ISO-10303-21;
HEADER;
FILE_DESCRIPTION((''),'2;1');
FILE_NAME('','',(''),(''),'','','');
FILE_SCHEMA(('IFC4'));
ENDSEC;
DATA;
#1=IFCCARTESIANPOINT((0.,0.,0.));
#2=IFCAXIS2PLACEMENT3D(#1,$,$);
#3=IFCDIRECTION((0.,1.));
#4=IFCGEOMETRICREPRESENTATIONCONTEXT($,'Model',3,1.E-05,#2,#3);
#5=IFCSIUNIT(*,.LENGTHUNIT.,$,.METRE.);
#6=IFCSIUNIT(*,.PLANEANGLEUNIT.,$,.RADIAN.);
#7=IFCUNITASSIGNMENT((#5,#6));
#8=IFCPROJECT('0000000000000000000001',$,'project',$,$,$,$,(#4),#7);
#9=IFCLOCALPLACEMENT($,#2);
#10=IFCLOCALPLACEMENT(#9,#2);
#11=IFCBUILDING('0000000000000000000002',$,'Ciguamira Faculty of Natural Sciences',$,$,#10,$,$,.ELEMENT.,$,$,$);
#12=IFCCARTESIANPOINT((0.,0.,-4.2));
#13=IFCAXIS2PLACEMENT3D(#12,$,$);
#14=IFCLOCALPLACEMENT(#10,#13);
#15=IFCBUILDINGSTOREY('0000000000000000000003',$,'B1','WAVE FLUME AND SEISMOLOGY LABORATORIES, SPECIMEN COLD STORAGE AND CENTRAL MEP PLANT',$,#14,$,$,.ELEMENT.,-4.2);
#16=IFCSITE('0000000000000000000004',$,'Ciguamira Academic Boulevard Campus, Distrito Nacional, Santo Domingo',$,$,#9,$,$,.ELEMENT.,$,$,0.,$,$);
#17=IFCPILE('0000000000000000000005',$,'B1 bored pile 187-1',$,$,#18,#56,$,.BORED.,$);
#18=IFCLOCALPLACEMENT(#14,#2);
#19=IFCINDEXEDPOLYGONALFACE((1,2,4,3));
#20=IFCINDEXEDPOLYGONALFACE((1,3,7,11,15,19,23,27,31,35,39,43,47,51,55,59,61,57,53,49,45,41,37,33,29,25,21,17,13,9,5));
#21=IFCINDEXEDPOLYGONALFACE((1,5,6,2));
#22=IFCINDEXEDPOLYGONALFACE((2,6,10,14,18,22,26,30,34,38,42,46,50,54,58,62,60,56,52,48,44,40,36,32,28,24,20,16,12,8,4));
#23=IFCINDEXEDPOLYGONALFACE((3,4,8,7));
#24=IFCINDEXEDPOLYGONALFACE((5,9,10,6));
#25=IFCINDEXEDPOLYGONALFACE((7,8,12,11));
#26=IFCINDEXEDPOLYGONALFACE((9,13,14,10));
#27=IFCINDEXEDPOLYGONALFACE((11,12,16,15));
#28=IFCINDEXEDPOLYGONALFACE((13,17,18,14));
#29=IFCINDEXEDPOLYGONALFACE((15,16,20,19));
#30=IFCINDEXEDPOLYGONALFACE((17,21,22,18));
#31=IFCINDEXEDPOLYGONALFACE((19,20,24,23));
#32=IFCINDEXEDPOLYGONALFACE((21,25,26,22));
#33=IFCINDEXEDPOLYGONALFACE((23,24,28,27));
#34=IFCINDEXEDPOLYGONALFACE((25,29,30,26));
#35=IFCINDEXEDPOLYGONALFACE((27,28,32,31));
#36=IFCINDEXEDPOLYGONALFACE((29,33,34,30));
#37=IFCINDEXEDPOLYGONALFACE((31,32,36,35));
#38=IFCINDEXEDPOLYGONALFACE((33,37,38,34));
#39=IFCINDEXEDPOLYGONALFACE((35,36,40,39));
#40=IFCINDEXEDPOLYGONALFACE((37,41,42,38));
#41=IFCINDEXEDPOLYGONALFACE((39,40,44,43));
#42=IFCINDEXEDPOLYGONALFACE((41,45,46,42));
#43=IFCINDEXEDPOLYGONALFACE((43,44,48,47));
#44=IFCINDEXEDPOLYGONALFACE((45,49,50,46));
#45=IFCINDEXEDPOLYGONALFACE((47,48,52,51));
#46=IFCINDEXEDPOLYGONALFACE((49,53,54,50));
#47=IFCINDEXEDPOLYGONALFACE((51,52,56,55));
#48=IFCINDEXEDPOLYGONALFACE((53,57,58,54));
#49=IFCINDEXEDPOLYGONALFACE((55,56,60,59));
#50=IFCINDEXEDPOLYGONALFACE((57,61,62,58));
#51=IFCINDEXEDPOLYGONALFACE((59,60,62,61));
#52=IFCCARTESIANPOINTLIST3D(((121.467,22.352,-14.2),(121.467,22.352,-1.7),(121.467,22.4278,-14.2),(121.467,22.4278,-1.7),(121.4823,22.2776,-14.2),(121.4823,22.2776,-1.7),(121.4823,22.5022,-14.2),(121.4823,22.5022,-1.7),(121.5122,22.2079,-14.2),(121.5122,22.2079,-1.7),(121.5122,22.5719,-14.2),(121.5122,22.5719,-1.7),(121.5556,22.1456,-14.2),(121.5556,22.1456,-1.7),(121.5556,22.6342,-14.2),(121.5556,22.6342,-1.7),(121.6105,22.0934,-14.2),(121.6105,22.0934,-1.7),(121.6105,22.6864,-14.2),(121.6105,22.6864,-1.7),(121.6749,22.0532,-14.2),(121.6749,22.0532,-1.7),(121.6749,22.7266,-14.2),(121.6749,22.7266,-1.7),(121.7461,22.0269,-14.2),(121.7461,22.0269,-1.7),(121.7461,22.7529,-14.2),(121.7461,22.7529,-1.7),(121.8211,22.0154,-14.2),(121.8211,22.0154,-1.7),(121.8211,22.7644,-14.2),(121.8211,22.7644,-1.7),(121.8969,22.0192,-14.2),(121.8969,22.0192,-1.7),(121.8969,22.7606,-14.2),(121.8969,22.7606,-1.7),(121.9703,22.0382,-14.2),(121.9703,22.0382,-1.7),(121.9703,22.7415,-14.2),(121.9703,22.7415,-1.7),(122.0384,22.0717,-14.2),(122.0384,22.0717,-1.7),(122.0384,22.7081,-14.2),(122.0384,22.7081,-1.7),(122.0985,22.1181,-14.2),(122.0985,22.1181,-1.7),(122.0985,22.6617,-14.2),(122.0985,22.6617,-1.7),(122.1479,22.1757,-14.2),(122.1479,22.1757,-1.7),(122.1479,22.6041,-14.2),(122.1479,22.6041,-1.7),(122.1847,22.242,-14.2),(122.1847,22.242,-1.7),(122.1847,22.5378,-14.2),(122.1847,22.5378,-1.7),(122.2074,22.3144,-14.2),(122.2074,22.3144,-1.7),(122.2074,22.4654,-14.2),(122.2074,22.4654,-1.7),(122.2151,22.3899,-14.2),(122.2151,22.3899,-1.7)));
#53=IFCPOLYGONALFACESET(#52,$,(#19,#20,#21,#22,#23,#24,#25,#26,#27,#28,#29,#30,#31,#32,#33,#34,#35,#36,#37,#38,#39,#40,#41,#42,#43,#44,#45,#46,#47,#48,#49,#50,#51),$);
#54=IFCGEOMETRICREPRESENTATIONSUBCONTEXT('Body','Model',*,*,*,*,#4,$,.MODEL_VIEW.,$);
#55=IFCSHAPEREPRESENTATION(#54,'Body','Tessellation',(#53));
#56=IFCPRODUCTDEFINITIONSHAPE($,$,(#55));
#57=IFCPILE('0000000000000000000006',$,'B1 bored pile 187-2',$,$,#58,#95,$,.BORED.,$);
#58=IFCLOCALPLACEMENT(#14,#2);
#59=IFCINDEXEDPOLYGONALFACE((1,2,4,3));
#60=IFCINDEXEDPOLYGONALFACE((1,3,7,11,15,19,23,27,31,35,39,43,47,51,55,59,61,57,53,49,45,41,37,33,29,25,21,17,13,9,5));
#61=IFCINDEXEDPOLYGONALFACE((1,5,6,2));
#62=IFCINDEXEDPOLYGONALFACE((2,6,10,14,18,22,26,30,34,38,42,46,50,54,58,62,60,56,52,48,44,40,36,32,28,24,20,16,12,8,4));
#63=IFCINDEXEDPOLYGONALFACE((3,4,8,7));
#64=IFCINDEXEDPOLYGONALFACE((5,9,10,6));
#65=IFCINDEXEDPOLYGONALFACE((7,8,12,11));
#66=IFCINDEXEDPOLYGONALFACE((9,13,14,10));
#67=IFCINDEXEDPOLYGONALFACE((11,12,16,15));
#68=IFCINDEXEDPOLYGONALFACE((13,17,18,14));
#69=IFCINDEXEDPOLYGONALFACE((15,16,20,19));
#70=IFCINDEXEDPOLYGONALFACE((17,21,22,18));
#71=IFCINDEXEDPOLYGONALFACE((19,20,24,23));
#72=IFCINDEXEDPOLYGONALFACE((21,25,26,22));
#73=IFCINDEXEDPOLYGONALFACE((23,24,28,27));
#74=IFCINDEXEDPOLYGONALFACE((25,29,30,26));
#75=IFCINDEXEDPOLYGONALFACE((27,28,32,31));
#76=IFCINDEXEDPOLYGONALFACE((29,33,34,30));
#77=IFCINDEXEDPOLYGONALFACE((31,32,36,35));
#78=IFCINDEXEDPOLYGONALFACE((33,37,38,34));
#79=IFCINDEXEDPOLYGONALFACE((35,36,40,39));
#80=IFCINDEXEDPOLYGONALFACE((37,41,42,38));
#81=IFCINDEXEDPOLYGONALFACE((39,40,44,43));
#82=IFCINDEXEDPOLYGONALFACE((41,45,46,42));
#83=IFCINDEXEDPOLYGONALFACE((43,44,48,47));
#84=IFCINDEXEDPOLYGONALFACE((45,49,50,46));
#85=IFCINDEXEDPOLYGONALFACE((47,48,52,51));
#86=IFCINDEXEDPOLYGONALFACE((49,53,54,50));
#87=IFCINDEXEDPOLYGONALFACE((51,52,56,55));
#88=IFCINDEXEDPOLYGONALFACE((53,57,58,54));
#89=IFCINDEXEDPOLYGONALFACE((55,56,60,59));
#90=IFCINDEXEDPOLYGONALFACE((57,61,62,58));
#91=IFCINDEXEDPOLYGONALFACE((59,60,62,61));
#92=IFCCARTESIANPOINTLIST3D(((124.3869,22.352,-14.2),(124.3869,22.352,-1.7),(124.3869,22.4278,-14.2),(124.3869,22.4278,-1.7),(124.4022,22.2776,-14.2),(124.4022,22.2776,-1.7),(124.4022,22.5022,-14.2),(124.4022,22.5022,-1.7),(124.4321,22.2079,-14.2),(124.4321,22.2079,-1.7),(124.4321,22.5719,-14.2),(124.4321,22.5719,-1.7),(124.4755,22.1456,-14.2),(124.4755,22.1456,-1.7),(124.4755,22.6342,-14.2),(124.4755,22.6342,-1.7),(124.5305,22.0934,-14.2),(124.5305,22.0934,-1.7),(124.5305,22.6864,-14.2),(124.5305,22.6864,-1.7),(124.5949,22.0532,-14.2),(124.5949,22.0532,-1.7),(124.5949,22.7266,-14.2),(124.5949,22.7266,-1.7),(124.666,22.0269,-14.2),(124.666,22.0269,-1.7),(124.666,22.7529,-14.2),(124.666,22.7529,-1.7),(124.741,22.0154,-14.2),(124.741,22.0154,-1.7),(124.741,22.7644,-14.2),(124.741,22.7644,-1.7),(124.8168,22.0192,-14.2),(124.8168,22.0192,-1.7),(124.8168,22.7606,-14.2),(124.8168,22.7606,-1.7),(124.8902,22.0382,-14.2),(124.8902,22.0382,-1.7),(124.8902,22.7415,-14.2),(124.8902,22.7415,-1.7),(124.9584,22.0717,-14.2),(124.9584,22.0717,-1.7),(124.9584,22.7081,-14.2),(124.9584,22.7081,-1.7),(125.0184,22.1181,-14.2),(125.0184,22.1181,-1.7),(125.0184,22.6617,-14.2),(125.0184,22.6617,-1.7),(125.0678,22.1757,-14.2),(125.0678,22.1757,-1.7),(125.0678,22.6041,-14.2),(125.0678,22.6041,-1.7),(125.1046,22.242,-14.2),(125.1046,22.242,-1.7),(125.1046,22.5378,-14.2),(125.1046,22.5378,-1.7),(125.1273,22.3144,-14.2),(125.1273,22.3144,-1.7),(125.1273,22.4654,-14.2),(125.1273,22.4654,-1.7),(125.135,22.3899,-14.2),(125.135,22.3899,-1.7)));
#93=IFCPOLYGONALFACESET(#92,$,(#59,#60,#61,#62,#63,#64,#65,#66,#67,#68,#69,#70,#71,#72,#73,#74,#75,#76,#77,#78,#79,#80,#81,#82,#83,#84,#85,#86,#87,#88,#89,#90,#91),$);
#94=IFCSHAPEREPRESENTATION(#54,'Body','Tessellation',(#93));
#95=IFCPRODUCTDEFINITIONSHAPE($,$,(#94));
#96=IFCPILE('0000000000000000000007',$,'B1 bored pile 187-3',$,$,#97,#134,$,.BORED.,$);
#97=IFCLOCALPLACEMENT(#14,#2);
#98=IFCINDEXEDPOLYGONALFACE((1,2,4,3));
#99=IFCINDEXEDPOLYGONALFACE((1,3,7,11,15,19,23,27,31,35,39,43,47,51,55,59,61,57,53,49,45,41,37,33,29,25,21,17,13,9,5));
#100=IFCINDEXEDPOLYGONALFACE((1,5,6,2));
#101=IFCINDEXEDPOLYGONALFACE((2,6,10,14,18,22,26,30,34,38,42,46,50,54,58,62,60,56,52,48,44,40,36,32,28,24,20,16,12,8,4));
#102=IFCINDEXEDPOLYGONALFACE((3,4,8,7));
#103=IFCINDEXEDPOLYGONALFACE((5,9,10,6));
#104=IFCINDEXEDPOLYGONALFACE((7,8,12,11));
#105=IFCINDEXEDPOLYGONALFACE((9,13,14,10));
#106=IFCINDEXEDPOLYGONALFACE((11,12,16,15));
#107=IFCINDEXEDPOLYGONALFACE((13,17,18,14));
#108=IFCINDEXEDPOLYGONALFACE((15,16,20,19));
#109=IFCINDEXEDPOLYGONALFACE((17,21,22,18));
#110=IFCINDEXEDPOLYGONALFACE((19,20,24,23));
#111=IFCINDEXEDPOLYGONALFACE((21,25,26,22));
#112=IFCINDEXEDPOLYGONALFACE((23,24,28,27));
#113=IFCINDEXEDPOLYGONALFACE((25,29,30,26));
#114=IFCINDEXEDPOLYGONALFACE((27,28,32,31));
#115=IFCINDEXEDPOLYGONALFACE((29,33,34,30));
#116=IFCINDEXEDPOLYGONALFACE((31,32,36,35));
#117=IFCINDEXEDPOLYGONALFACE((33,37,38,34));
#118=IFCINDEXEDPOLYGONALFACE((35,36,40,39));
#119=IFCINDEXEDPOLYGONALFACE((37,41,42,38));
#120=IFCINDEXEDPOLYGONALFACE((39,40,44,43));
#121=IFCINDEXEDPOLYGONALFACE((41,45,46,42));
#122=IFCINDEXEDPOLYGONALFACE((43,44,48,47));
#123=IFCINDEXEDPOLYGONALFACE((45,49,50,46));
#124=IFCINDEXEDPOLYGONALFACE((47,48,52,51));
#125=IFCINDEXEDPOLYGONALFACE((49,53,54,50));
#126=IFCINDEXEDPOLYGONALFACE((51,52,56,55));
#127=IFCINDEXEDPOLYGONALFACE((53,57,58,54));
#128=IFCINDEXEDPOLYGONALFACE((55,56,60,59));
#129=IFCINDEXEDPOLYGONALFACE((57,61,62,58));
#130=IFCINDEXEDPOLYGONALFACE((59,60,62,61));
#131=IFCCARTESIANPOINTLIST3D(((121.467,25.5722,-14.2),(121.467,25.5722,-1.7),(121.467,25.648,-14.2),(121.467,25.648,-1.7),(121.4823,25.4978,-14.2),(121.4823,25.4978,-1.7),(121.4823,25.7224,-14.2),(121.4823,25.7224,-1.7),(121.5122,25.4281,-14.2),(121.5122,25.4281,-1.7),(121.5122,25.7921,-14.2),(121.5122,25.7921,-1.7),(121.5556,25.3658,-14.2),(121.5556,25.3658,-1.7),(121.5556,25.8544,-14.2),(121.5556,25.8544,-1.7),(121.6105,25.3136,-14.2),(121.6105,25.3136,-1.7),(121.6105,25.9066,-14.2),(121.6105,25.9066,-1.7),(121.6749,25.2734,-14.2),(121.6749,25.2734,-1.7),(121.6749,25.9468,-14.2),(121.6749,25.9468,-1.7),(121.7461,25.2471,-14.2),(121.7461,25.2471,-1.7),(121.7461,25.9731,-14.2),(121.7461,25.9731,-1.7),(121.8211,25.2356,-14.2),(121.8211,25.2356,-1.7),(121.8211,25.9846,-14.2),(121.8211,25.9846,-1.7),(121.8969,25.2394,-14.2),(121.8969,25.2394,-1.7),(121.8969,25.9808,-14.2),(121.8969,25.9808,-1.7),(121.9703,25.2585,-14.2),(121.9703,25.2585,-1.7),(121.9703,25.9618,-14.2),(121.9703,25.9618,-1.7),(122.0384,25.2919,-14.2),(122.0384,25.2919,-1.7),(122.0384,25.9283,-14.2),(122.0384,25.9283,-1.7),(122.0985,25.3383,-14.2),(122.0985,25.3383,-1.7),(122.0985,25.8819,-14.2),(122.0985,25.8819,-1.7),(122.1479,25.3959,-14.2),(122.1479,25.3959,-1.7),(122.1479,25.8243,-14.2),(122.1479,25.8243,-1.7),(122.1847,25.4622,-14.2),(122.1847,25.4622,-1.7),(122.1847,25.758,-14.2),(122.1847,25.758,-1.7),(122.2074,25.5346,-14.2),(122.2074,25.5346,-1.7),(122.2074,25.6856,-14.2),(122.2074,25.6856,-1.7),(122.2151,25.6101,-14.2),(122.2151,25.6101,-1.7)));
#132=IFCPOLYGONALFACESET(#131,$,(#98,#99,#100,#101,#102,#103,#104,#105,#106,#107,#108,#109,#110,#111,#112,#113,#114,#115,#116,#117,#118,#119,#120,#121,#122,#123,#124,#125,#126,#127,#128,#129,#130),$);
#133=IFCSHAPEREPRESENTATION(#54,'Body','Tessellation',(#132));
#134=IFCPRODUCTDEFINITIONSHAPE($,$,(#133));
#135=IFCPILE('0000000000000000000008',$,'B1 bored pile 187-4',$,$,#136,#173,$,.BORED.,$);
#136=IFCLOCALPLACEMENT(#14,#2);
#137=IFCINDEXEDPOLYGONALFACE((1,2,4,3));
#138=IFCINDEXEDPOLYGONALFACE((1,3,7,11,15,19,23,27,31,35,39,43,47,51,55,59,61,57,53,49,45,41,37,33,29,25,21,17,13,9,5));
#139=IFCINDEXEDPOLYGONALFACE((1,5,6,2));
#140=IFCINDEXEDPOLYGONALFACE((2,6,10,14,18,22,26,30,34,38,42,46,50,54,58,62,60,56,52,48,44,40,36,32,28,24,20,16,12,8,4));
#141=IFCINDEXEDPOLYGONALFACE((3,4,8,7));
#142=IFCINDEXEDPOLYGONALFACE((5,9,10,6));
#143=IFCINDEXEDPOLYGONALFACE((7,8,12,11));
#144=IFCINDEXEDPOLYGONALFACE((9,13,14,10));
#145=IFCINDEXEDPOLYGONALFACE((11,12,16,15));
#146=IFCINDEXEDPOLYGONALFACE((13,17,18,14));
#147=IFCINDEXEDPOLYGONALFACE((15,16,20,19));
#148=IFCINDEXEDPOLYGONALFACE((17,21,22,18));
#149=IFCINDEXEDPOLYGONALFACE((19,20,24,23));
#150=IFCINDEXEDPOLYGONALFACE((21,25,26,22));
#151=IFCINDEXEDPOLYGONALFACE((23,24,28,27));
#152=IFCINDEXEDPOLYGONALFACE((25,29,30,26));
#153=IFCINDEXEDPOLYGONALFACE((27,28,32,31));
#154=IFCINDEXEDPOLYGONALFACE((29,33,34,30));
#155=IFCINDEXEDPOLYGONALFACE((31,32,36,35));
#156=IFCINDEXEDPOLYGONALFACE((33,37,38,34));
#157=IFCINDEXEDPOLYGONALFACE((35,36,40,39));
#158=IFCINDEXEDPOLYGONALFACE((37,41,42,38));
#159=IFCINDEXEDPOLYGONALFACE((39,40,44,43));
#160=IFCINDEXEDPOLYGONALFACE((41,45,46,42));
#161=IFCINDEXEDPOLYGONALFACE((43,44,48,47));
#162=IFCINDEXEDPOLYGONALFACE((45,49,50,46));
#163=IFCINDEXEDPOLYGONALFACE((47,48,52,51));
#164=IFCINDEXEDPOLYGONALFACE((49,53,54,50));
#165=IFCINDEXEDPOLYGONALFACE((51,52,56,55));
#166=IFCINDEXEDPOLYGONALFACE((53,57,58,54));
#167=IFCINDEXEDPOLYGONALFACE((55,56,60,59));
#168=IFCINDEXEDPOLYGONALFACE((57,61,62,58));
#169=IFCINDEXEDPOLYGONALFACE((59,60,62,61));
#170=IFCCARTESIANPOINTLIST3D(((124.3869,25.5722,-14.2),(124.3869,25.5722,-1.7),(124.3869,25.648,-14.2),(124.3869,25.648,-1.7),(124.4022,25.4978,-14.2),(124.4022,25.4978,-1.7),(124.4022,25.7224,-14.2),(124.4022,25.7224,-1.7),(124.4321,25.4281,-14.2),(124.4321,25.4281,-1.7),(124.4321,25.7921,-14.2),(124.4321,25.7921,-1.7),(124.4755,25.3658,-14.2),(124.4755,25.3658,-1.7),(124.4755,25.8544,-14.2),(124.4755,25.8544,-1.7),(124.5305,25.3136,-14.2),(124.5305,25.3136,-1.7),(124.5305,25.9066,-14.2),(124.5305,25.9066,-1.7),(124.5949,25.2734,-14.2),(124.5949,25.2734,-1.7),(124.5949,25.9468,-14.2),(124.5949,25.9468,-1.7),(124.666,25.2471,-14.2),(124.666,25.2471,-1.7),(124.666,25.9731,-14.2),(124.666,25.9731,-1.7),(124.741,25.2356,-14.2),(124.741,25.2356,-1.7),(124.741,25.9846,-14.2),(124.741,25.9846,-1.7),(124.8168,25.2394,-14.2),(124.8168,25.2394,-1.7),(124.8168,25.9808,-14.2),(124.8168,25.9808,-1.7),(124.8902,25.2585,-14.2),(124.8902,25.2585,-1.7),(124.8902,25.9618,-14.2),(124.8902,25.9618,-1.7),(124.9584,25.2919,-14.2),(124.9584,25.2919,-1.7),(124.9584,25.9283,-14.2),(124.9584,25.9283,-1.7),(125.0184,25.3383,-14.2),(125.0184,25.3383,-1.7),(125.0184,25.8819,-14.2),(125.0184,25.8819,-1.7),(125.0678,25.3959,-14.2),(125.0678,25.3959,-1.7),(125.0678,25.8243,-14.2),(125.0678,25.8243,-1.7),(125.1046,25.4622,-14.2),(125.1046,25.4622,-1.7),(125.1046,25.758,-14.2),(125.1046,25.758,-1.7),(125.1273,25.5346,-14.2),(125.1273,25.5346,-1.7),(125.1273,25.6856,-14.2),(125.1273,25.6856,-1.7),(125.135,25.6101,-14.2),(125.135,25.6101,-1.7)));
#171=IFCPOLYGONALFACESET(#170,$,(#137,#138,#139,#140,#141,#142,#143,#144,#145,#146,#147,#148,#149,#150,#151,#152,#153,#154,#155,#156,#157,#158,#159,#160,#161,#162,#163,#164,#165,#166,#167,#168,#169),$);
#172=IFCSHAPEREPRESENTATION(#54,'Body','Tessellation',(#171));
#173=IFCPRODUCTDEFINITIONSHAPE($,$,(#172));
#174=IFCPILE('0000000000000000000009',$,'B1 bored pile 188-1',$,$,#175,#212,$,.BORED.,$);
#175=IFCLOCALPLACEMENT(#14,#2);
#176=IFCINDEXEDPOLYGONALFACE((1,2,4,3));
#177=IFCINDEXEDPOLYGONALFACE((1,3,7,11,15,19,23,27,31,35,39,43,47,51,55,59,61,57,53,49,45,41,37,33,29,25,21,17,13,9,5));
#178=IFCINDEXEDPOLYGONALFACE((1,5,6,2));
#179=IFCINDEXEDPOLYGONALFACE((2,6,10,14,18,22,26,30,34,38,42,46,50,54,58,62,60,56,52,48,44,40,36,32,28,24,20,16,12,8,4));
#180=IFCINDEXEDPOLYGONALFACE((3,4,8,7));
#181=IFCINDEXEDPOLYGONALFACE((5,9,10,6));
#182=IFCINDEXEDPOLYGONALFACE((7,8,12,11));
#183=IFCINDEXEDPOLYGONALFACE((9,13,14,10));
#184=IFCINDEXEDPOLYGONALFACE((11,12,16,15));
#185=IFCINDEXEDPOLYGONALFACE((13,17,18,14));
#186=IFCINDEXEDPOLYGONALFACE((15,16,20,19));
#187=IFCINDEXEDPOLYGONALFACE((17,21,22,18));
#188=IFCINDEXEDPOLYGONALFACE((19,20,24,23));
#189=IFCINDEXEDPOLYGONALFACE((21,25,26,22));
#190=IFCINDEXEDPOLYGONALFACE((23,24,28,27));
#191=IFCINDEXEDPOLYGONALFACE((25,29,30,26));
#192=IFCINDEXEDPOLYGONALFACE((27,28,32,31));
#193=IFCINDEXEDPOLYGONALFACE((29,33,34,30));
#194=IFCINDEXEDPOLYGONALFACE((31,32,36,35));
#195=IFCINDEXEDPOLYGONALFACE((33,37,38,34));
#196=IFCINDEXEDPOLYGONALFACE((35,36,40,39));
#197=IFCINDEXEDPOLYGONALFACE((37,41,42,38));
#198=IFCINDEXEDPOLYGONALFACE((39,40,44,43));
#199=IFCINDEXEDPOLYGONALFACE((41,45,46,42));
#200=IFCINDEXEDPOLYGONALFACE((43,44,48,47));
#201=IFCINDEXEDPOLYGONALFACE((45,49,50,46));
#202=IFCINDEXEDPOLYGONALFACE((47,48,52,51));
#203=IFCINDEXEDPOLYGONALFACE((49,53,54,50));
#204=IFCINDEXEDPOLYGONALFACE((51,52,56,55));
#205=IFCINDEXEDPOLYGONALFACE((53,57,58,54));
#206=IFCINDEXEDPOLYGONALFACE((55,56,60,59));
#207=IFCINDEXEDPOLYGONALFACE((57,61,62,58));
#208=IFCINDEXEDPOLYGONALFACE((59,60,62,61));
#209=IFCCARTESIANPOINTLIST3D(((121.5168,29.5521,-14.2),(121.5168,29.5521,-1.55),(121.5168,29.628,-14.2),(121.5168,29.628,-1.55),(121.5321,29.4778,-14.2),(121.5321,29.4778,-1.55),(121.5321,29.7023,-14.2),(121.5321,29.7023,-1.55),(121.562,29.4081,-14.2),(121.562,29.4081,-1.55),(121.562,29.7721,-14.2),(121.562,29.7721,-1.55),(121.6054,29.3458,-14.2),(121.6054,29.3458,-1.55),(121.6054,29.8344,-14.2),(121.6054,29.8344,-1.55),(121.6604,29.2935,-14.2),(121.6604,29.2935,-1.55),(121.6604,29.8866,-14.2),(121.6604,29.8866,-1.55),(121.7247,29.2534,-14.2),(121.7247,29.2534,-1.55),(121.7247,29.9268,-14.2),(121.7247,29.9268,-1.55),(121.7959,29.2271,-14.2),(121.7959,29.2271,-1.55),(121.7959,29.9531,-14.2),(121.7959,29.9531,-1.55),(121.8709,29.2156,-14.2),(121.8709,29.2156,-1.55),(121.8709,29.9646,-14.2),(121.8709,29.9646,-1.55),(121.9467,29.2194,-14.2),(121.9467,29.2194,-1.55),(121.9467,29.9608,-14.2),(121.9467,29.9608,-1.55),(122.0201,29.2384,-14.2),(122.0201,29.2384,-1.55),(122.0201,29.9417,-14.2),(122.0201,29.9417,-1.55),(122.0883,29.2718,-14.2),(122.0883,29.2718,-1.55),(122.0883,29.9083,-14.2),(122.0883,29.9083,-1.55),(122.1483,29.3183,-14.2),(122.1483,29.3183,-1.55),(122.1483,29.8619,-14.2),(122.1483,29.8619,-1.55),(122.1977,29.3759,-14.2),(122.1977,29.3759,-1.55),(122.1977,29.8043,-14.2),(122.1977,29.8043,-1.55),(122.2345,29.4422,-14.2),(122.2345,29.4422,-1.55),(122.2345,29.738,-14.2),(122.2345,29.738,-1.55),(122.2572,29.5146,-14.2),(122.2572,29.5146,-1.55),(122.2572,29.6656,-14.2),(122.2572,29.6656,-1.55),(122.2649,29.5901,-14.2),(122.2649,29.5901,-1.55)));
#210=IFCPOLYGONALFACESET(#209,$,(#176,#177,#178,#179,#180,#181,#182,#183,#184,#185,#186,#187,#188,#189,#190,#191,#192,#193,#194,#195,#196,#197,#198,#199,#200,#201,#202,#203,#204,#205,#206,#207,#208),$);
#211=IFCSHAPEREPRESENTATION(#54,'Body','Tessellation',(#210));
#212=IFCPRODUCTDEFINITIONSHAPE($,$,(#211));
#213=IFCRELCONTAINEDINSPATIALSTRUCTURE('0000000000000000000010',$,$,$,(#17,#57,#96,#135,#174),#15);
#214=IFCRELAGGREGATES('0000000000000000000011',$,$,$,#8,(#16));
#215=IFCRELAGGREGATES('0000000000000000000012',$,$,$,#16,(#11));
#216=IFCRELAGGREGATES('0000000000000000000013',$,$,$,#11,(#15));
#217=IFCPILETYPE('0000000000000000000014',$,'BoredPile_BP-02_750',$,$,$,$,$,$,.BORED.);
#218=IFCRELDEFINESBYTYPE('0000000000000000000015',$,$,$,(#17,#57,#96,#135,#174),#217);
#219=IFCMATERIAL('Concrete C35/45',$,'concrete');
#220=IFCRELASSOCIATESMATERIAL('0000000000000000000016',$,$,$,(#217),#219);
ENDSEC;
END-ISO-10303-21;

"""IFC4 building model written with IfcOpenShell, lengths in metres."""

from ifc_helpers import new_model, si_unit, direction, frame, origin, origin_2d, place, context, subcontext, project, spatial, circle, extrude, material, material_profile, profile_set, type_object, element, save


model = new_model("IFC4")

# Units and contexts
model_context = context("Model", 3, precision=1e-05, world=origin(), true_north=direction((0.0, 1.0)))
body_context = subcontext(model_context, "Body", "Model", "MODEL_VIEW")
ifc_project = project(units=[si_unit("LENGTHUNIT", "METRE"), si_unit("PLANEANGLEUNIT", "RADIAN")], contexts=[model_context])

# Site, building, storey
site_placement = place(None, origin())
site = spatial("IfcSite", under=ifc_project, at=site_placement, Name="Ciguamira Academic Boulevard Campus, Distrito Nacional, Santo Domingo", CompositionType="ELEMENT", RefElevation=0.0)
building_placement = place(site_placement, origin())
building = spatial("IfcBuilding", under=site, at=building_placement, Name="Ciguamira Faculty of Natural Sciences", CompositionType="ELEMENT")
storey_placement = place(building_placement, frame((0.0, 0.0, -4.2)))
storey = spatial("IfcBuildingStorey", under=building, at=storey_placement, Name="B1", Description="WAVE FLUME AND SEISMOLOGY LABORATORIES, SPECIMEN COLD STORAGE AND CENTRAL MEP PLANT", CompositionType="ELEMENT", Elevation=-4.2)

# Piles
ifc_material_1 = material(Name="Concrete C35/45", Category="concrete")
ifc_material_profile_1 = material_profile(ifc_material_1, circle(Radius=0.375, at=origin_2d()), Name="PILE-BORED-750")
ifc_profile_set_1 = profile_set([ifc_material_profile_1], Name="Concrete C35/45")
pile_type_1 = type_object("IfcPileType", Name="BoredPile_BP-02_750", PredefinedType="BORED", material=ifc_profile_set_1)
for number, where, z_axis, x_axis, name in (
    (1, (121.8401, 22.3899, -1.7), (0.0, 0.0, -1.0), (1.0, 0.0, 0.0), "B1 bored pile 187-1"),
    (2, (124.76, 22.3899, -1.7), (0.0, 0.0, -1.0), (1.0, 0.0, 0.0), "B1 bored pile 187-2"),
    (3, (121.8401, 25.6101, -1.7), (0.0, 0.0, -1.0), (1.0, 0.0, 0.0), "B1 bored pile 187-3"),
    (4, (124.76, 25.6101, -1.7), (0.0, 0.0, -1.0), (1.0, 0.0, 0.0), "B1 bored pile 187-4"),
):
    element("IfcPile", number, at=place(storey_placement, frame(where, z_axis=z_axis, x_axis=x_axis)), inside=storey, type_object=pile_type_1, Name=name, PredefinedType="BORED", context=body_context, shape_type="SweptSolid", body=[
        extrude(circle(Radius=0.375, at=origin_2d()), origin(), (0.0, 0.0, 1.0), 12.5),
    ])
pile_placement = place(storey_placement, frame((121.8899, 29.5901, -1.55), z_axis=(0.0, 0.0, -1.0), x_axis=(1.0, 0.0, 0.0)))
element("IfcPile", 5, at=pile_placement, inside=storey, type_object=pile_type_1, Name="B1 bored pile 188-1", PredefinedType="BORED", context=body_context, shape_type="SweptSolid", body=[
    extrude(circle(Radius=0.375, at=origin_2d()), origin(), (0.0, 0.0, 1.0), 12.6499),
])

save(model, "model.ifc")
